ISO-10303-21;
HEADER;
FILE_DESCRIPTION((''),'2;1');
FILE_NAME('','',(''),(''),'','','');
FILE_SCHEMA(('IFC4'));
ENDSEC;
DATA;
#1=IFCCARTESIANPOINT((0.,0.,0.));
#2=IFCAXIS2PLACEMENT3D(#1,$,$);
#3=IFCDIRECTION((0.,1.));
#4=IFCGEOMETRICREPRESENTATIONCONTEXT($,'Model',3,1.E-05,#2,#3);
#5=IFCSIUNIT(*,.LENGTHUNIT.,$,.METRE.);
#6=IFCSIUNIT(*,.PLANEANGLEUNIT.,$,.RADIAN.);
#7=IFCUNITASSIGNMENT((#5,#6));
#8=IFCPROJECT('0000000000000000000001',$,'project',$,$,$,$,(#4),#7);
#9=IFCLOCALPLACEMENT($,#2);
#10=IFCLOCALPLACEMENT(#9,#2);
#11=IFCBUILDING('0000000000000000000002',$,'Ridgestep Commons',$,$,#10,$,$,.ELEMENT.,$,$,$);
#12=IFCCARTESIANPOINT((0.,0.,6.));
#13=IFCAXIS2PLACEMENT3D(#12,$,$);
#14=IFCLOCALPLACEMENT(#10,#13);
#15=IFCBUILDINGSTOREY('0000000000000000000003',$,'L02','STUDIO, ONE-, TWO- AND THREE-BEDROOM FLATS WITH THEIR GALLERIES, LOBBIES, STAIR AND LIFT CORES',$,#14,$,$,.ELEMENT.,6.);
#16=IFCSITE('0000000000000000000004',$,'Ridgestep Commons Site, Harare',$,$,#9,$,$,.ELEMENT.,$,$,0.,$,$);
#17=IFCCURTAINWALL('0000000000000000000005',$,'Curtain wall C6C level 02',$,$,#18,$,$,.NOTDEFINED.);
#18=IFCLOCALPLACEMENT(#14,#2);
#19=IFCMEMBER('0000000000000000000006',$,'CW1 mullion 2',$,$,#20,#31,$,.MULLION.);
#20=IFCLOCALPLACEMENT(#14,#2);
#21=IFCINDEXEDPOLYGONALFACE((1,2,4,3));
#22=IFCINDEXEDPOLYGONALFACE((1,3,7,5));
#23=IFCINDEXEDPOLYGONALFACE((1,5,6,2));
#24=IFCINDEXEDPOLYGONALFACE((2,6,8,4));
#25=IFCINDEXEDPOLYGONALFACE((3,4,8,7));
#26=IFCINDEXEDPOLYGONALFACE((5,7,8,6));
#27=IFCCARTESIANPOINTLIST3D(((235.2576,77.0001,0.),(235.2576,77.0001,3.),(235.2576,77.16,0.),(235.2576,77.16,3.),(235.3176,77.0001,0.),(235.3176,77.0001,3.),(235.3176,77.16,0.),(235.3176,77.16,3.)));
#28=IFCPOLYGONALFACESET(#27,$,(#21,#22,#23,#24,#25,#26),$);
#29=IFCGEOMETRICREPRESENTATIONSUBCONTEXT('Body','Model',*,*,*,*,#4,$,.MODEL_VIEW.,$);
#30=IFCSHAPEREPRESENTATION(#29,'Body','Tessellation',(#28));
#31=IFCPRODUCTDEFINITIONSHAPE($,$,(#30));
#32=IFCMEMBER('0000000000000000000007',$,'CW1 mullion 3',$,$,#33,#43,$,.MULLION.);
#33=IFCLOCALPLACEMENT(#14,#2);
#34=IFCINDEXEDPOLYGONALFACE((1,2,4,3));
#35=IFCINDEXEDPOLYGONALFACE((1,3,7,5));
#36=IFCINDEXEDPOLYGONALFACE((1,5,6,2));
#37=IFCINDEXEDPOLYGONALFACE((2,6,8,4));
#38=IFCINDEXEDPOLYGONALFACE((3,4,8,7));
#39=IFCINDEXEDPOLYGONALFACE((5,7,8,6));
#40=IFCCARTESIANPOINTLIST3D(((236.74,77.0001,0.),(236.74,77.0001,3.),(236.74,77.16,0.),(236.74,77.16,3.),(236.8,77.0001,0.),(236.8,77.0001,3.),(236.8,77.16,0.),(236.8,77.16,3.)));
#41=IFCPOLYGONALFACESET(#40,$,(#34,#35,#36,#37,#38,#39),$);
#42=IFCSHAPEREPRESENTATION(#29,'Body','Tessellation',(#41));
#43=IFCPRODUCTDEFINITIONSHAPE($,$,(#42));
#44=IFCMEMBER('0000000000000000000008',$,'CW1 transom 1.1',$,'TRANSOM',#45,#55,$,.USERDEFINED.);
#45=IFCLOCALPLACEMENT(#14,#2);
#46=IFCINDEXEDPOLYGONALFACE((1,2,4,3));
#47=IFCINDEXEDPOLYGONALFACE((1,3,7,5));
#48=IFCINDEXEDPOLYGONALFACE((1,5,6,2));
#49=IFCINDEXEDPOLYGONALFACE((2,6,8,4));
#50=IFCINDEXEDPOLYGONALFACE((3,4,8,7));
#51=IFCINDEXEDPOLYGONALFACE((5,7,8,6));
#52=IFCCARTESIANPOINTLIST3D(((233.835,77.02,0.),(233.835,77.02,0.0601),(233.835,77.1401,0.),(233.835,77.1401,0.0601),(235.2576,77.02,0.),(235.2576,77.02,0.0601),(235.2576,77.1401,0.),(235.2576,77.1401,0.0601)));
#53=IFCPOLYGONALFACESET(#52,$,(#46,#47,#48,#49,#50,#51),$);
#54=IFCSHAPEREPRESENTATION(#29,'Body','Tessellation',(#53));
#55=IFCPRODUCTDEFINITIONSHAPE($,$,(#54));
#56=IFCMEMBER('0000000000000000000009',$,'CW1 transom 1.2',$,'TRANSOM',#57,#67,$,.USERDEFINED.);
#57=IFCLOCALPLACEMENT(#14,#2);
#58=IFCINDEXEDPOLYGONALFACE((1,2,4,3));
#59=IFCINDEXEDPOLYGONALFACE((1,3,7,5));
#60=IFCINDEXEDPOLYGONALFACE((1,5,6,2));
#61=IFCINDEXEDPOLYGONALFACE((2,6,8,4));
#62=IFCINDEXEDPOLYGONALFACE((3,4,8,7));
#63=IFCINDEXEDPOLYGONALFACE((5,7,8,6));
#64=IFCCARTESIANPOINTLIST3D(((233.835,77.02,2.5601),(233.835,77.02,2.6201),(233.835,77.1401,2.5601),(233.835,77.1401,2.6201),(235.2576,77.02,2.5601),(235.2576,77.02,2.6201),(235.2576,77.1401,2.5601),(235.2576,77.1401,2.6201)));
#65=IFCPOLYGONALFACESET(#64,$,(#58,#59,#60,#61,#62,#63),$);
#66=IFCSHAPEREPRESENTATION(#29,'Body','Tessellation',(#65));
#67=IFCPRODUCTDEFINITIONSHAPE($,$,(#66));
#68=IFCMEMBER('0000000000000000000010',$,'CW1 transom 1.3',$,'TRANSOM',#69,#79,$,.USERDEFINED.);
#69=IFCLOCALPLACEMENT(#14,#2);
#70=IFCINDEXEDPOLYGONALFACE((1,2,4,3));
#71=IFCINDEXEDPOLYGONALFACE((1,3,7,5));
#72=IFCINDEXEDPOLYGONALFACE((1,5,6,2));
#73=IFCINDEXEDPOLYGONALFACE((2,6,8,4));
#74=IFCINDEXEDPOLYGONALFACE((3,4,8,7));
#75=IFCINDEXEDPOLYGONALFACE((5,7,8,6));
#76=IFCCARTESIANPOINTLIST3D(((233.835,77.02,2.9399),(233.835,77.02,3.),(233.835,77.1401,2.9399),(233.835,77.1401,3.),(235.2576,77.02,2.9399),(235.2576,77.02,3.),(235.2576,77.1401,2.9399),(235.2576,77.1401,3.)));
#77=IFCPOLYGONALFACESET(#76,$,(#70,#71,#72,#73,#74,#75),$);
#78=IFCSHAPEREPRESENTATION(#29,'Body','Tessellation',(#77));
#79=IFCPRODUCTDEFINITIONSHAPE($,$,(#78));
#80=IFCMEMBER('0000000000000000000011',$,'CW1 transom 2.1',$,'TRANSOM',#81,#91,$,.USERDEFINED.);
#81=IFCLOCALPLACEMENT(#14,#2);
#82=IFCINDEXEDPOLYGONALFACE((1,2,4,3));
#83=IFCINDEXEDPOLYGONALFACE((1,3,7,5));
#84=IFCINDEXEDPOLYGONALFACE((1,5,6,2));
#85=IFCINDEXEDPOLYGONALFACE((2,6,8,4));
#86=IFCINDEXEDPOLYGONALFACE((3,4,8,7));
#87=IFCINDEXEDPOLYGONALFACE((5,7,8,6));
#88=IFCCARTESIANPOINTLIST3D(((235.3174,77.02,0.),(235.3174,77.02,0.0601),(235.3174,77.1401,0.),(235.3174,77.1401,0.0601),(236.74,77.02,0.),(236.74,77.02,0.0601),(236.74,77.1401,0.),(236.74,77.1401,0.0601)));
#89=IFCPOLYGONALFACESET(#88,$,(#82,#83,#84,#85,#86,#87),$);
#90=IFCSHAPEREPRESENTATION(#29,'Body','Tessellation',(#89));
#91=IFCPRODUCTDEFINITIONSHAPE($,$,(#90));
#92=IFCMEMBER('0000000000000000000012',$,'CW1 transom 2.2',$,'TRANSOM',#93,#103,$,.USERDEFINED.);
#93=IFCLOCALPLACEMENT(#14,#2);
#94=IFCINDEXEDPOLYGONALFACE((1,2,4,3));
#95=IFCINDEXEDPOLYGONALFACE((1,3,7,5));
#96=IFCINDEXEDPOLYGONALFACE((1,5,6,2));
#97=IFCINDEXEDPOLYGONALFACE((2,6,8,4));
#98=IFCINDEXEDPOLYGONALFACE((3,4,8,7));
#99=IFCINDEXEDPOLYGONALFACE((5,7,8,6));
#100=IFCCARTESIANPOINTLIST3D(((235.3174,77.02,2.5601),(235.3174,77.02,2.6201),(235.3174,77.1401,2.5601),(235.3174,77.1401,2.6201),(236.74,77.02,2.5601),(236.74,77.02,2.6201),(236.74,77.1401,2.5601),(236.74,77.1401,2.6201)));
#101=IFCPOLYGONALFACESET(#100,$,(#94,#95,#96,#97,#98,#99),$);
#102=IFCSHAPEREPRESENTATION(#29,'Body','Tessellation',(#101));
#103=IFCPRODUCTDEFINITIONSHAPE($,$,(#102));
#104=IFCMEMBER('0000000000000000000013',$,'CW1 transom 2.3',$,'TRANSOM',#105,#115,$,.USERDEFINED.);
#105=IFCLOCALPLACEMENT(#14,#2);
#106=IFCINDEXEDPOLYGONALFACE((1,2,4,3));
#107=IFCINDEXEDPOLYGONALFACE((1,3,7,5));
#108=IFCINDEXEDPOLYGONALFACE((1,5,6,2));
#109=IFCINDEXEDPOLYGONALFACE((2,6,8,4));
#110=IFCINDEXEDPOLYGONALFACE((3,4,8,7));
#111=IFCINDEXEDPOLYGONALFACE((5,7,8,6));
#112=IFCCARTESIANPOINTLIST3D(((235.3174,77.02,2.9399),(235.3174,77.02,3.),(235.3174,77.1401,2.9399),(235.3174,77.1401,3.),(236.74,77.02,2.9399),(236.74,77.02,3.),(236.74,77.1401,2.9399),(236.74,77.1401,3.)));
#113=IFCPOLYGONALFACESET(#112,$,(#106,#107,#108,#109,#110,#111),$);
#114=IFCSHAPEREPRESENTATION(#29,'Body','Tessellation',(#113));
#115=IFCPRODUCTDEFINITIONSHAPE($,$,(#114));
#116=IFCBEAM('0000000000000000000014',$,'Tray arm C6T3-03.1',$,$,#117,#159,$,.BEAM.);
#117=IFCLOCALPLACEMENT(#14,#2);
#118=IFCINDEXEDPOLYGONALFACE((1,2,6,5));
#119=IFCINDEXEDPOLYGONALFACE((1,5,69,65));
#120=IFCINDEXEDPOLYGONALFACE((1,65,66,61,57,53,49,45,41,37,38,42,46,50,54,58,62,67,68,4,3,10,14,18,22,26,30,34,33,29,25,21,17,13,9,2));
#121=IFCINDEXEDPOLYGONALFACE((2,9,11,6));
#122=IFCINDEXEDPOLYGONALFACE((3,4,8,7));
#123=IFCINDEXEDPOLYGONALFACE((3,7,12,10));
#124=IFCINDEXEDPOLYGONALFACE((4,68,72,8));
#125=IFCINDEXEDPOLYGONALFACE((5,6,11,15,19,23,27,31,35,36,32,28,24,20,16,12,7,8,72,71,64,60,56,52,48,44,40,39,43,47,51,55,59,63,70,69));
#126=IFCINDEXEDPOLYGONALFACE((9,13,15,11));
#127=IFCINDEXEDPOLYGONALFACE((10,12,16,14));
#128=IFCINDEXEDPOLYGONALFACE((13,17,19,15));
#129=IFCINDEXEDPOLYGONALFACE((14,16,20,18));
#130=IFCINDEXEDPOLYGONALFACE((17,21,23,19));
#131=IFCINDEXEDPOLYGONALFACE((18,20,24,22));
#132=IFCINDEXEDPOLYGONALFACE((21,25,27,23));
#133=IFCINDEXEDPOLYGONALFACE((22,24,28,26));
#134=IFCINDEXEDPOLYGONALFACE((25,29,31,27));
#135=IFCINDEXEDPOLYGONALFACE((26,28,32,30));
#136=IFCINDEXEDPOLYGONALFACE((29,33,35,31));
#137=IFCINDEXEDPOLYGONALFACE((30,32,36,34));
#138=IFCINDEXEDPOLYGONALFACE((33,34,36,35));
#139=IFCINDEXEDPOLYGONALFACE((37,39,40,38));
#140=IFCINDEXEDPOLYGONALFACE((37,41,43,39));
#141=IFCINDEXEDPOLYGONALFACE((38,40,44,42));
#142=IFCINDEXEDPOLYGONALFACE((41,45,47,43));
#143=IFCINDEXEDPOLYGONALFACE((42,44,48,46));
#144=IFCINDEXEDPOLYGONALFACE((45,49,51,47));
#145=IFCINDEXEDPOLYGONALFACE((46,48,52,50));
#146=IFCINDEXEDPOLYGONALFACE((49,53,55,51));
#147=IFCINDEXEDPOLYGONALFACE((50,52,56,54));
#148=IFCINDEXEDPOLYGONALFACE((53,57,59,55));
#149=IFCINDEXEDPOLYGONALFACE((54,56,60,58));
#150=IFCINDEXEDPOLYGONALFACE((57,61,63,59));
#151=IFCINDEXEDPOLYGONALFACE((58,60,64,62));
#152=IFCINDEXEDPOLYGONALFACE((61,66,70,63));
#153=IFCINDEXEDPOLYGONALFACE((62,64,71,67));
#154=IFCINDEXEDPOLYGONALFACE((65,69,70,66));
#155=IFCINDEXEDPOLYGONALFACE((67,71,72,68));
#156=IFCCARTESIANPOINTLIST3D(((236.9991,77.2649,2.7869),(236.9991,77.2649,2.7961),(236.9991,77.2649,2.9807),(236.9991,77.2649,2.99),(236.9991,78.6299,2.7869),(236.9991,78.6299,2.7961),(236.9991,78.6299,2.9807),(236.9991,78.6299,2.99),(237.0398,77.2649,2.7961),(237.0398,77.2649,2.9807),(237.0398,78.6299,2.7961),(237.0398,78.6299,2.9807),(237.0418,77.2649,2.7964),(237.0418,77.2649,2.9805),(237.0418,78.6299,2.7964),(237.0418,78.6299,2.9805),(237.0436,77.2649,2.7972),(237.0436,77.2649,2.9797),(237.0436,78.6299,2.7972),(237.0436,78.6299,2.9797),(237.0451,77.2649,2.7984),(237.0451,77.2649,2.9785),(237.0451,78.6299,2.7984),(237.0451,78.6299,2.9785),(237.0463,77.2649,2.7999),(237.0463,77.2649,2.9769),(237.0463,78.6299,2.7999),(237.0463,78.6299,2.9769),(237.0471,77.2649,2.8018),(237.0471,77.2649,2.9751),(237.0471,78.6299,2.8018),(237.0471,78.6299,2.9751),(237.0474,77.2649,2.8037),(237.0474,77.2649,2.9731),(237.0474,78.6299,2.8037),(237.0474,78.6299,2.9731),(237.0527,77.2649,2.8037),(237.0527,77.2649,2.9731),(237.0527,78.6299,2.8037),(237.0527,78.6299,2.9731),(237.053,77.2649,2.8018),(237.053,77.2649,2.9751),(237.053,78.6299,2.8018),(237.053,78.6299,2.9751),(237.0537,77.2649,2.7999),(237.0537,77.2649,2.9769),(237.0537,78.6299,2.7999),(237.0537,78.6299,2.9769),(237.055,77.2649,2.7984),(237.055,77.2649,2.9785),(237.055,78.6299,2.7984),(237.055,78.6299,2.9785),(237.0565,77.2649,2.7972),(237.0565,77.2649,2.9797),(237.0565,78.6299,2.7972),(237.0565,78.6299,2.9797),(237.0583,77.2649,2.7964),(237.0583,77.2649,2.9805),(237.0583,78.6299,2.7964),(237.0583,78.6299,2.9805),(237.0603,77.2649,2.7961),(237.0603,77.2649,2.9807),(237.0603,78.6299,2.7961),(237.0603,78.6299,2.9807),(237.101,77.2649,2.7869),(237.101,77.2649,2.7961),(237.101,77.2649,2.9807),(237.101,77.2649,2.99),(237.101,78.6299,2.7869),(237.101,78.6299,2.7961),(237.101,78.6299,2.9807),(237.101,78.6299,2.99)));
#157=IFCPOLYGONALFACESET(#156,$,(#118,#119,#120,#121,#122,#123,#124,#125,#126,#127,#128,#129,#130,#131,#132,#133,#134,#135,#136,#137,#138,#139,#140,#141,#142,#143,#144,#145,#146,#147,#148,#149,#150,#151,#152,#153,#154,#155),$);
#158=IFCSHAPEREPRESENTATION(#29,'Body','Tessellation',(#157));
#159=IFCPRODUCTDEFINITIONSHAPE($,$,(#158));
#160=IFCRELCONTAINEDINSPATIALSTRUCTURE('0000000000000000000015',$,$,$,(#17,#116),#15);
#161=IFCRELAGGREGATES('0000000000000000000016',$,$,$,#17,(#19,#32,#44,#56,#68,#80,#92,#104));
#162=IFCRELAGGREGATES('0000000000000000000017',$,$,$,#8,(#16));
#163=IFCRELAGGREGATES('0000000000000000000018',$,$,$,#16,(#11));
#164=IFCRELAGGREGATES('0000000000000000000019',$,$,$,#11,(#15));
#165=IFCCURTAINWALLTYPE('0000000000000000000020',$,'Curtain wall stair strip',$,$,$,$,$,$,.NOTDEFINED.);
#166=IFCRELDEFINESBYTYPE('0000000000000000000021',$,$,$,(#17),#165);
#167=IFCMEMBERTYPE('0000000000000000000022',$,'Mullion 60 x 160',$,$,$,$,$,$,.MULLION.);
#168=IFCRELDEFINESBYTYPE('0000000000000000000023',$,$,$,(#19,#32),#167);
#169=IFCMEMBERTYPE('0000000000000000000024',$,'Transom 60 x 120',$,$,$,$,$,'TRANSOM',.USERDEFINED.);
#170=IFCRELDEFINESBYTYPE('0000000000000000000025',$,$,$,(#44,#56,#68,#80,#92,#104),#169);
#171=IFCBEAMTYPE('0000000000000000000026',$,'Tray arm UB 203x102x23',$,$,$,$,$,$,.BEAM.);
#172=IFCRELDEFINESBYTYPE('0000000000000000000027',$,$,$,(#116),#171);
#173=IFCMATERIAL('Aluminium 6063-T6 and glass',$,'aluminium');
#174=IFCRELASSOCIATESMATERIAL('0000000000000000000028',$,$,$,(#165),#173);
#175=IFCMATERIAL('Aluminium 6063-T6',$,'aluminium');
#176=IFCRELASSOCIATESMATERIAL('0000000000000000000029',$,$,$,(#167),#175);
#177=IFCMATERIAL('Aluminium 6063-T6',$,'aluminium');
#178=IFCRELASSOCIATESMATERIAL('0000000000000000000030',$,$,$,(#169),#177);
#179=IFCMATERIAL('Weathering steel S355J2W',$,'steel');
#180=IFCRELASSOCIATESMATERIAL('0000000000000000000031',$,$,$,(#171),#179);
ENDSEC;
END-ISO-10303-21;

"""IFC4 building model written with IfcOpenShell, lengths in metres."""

from ifc_helpers import new_model, si_unit, direction, frame, origin, origin_2d, place, context, subcontext, project, spatial, rectangle, i_section, extrude, material, material_profile, profile_set, type_object, element, aggregate, save


model = new_model("IFC4")

# Units and contexts
model_context = context("Model", 3, precision=1e-05, world=origin(), true_north=direction((0.0, 1.0)))
body_context = subcontext(model_context, "Body", "Model", "MODEL_VIEW")
ifc_project = project(units=[si_unit("LENGTHUNIT", "METRE"), si_unit("PLANEANGLEUNIT", "RADIAN")], contexts=[model_context])

# Site, building, storey
site_placement = place(None, origin())
site = spatial("IfcSite", under=ifc_project, at=site_placement, Name="Ridgestep Commons Site, Harare", CompositionType="ELEMENT", RefElevation=0.0)
building_placement = place(site_placement, origin())
building = spatial("IfcBuilding", under=site, at=building_placement, Name="Ridgestep Commons", CompositionType="ELEMENT")
storey_placement = place(building_placement, frame((0.0, 0.0, 6.0)))
storey = spatial("IfcBuildingStorey", under=building, at=storey_placement, Name="L02", Description="STUDIO, ONE-, TWO- AND THREE-BEDROOM FLATS WITH THEIR GALLERIES, LOBBIES, STAIR AND LIFT CORES", CompositionType="ELEMENT", Elevation=6.0)

# Curtain wall, members
ifc_material_1 = material(Name="Aluminium 6063-T6 and glass", Category="aluminium")
curtain_wall_type = type_object("IfcCurtainWallType", Name="Curtain wall stair strip", PredefinedType="NOTDEFINED", material=ifc_material_1)
curtain_wall_placement = place(storey_placement, origin())
curtain_wall = element("IfcCurtainWall", 1, at=curtain_wall_placement, inside=storey, type_object=curtain_wall_type, Name="Curtain wall C6C level 02", PredefinedType="NOTDEFINED")
ifc_material_2 = material(Name="Aluminium 6063-T6", Category="aluminium")
ifc_material_profile_1 = material_profile(ifc_material_2, rectangle(XDim=0.1599, YDim=0.0601, at=origin_2d()), Name="Mullion 60 x 160")
ifc_profile_set_1 = profile_set([ifc_material_profile_1], Name="Aluminium 6063-T6")
member_type_1 = type_object("IfcMemberType", Name="Mullion 60 x 160", PredefinedType="MULLION", material=ifc_profile_set_1)
member_1_placement = place(storey_placement, frame((235.2876, 77.0801, 0.0), z_axis=(0.0, 0.0, 1.0), x_axis=(0.0, 1.0, 0.0)))
member_1 = element("IfcMember", 2, at=member_1_placement, type_object=member_type_1, Name="CW1 mullion 2", PredefinedType="MULLION", context=body_context, shape_type="SweptSolid", body=[
    extrude(rectangle(XDim=0.1599, YDim=0.0601, at=origin_2d()), origin(), (0.0, 0.0, 1.0), 3.0),
])
member_2_placement = place(storey_placement, frame((236.77, 77.0801, 0.0), z_axis=(0.0, 0.0, 1.0), x_axis=(0.0, 1.0, 0.0)))
member_2 = element("IfcMember", 3, at=member_2_placement, type_object=member_type_1, Name="CW1 mullion 3", PredefinedType="MULLION", context=body_context, shape_type="SweptSolid", body=[
    extrude(rectangle(XDim=0.1599, YDim=0.0601, at=origin_2d()), origin(), (0.0, 0.0, 1.0), 3.0),
])
ifc_material_3 = material(Name="Aluminium 6063-T6", Category="aluminium")
ifc_material_profile_2 = material_profile(ifc_material_3, rectangle(XDim=0.1201, YDim=0.0601, at=origin_2d()), Name="Transom 60 x 120")
ifc_profile_set_2 = profile_set([ifc_material_profile_2], Name="Aluminium 6063-T6")
member_type_2 = type_object("IfcMemberType", Name="Transom 60 x 120", ElementType="TRANSOM", PredefinedType="USERDEFINED", material=ifc_profile_set_2)
member_3_placement = place(storey_placement, frame((233.835, 77.0801, 0.03), z_axis=(1.0, 0.0, 0.0), x_axis=(0.0, 1.0, 0.0)))
member_3 = element("IfcMember", 4, at=member_3_placement, type_object=member_type_2, Name="CW1 transom 1.1", ObjectType="TRANSOM", PredefinedType="USERDEFINED", context=body_context, shape_type="SweptSolid", body=[
    extrude(rectangle(XDim=0.1201, YDim=0.0601, at=origin_2d()), origin(), (0.0, 0.0, 1.0), 1.4226),
])
member_4_placement = place(storey_placement, frame((233.835, 77.0801, 2.5901), z_axis=(1.0, 0.0, 0.0), x_axis=(0.0, 1.0, 0.0)))
member_4 = element("IfcMember", 5, at=member_4_placement, type_object=member_type_2, Name="CW1 transom 1.2", ObjectType="TRANSOM", PredefinedType="USERDEFINED", context=body_context, shape_type="SweptSolid", body=[
    extrude(rectangle(XDim=0.1201, YDim=0.0601, at=origin_2d()), origin(), (0.0, 0.0, 1.0), 1.4226),
])
member_5_placement = place(storey_placement, frame((233.835, 77.0801, 2.97), z_axis=(1.0, 0.0, 0.0), x_axis=(0.0, 1.0, 0.0)))
member_5 = element("IfcMember", 6, at=member_5_placement, type_object=member_type_2, Name="CW1 transom 1.3", ObjectType="TRANSOM", PredefinedType="USERDEFINED", context=body_context, shape_type="SweptSolid", body=[
    extrude(rectangle(XDim=0.1201, YDim=0.0601, at=origin_2d()), origin(), (0.0, 0.0, 1.0), 1.4226),
])
member_6_placement = place(storey_placement, frame((235.3174, 77.0801, 0.03), z_axis=(1.0, 0.0, 0.0), x_axis=(0.0, 1.0, 0.0)))
member_6 = element("IfcMember", 7, at=member_6_placement, type_object=member_type_2, Name="CW1 transom 2.1", ObjectType="TRANSOM", PredefinedType="USERDEFINED", context=body_context, shape_type="SweptSolid", body=[
    extrude(rectangle(XDim=0.1201, YDim=0.0601, at=origin_2d()), origin(), (0.0, 0.0, 1.0), 1.4226),
])
member_7_placement = place(storey_placement, frame((235.3174, 77.0801, 2.5901), z_axis=(1.0, 0.0, 0.0), x_axis=(0.0, 1.0, 0.0)))
member_7 = element("IfcMember", 8, at=member_7_placement, type_object=member_type_2, Name="CW1 transom 2.2", ObjectType="TRANSOM", PredefinedType="USERDEFINED", context=body_context, shape_type="SweptSolid", body=[
    extrude(rectangle(XDim=0.1201, YDim=0.0601, at=origin_2d()), origin(), (0.0, 0.0, 1.0), 1.4226),
])
member_8_placement = place(storey_placement, frame((235.3174, 77.0801, 2.97), z_axis=(1.0, 0.0, 0.0), x_axis=(0.0, 1.0, 0.0)))
member_8 = element("IfcMember", 9, at=member_8_placement, type_object=member_type_2, Name="CW1 transom 2.3", ObjectType="TRANSOM", PredefinedType="USERDEFINED", context=body_context, shape_type="SweptSolid", body=[
    extrude(rectangle(XDim=0.1201, YDim=0.0601, at=origin_2d()), origin(), (0.0, 0.0, 1.0), 1.4226),
])

# Beam
ifc_material_4 = material(Name="Weathering steel S355J2W", Category="steel")
ifc_material_profile_3 = material_profile(ifc_material_4, i_section(OverallWidth=0.1018, OverallDepth=0.2031, WebThickness=0.0054, FlangeThickness=0.0093, FilletRadius=0.0076, at=origin_2d()), Name="UB 203x102x23")
ifc_profile_set_3 = profile_set([ifc_material_profile_3], Name="Weathering steel S355J2W")
beam_type_1 = type_object("IfcBeamType", Name="Tray arm UB 203x102x23", PredefinedType="BEAM", material=ifc_profile_set_3)
for number, where, z_axis, x_axis, name in (
    (10, (237.05, 77.2649, 2.8884), (0.0, 1.0, 0.0), (-1.0, 0.0, 0.0), "Tray arm C6T3-03.1"),
):
    element("IfcBeam", number, at=place(storey_placement, frame(where, z_axis=z_axis, x_axis=x_axis)), inside=storey, type_object=beam_type_1, Name=name, PredefinedType="BEAM", context=body_context, shape_type="SweptSolid", body=[
        extrude(i_section(OverallWidth=0.1018, OverallDepth=0.2031, WebThickness=0.0054, FlangeThickness=0.0093, FilletRadius=0.0076, at=origin_2d()), origin(), (0.0, 0.0, 1.0), 1.365),
    ])

aggregate(curtain_wall, [member_1, member_2, member_3, member_4, member_5, member_6, member_7, member_8])

save(model, "model.ifc")
